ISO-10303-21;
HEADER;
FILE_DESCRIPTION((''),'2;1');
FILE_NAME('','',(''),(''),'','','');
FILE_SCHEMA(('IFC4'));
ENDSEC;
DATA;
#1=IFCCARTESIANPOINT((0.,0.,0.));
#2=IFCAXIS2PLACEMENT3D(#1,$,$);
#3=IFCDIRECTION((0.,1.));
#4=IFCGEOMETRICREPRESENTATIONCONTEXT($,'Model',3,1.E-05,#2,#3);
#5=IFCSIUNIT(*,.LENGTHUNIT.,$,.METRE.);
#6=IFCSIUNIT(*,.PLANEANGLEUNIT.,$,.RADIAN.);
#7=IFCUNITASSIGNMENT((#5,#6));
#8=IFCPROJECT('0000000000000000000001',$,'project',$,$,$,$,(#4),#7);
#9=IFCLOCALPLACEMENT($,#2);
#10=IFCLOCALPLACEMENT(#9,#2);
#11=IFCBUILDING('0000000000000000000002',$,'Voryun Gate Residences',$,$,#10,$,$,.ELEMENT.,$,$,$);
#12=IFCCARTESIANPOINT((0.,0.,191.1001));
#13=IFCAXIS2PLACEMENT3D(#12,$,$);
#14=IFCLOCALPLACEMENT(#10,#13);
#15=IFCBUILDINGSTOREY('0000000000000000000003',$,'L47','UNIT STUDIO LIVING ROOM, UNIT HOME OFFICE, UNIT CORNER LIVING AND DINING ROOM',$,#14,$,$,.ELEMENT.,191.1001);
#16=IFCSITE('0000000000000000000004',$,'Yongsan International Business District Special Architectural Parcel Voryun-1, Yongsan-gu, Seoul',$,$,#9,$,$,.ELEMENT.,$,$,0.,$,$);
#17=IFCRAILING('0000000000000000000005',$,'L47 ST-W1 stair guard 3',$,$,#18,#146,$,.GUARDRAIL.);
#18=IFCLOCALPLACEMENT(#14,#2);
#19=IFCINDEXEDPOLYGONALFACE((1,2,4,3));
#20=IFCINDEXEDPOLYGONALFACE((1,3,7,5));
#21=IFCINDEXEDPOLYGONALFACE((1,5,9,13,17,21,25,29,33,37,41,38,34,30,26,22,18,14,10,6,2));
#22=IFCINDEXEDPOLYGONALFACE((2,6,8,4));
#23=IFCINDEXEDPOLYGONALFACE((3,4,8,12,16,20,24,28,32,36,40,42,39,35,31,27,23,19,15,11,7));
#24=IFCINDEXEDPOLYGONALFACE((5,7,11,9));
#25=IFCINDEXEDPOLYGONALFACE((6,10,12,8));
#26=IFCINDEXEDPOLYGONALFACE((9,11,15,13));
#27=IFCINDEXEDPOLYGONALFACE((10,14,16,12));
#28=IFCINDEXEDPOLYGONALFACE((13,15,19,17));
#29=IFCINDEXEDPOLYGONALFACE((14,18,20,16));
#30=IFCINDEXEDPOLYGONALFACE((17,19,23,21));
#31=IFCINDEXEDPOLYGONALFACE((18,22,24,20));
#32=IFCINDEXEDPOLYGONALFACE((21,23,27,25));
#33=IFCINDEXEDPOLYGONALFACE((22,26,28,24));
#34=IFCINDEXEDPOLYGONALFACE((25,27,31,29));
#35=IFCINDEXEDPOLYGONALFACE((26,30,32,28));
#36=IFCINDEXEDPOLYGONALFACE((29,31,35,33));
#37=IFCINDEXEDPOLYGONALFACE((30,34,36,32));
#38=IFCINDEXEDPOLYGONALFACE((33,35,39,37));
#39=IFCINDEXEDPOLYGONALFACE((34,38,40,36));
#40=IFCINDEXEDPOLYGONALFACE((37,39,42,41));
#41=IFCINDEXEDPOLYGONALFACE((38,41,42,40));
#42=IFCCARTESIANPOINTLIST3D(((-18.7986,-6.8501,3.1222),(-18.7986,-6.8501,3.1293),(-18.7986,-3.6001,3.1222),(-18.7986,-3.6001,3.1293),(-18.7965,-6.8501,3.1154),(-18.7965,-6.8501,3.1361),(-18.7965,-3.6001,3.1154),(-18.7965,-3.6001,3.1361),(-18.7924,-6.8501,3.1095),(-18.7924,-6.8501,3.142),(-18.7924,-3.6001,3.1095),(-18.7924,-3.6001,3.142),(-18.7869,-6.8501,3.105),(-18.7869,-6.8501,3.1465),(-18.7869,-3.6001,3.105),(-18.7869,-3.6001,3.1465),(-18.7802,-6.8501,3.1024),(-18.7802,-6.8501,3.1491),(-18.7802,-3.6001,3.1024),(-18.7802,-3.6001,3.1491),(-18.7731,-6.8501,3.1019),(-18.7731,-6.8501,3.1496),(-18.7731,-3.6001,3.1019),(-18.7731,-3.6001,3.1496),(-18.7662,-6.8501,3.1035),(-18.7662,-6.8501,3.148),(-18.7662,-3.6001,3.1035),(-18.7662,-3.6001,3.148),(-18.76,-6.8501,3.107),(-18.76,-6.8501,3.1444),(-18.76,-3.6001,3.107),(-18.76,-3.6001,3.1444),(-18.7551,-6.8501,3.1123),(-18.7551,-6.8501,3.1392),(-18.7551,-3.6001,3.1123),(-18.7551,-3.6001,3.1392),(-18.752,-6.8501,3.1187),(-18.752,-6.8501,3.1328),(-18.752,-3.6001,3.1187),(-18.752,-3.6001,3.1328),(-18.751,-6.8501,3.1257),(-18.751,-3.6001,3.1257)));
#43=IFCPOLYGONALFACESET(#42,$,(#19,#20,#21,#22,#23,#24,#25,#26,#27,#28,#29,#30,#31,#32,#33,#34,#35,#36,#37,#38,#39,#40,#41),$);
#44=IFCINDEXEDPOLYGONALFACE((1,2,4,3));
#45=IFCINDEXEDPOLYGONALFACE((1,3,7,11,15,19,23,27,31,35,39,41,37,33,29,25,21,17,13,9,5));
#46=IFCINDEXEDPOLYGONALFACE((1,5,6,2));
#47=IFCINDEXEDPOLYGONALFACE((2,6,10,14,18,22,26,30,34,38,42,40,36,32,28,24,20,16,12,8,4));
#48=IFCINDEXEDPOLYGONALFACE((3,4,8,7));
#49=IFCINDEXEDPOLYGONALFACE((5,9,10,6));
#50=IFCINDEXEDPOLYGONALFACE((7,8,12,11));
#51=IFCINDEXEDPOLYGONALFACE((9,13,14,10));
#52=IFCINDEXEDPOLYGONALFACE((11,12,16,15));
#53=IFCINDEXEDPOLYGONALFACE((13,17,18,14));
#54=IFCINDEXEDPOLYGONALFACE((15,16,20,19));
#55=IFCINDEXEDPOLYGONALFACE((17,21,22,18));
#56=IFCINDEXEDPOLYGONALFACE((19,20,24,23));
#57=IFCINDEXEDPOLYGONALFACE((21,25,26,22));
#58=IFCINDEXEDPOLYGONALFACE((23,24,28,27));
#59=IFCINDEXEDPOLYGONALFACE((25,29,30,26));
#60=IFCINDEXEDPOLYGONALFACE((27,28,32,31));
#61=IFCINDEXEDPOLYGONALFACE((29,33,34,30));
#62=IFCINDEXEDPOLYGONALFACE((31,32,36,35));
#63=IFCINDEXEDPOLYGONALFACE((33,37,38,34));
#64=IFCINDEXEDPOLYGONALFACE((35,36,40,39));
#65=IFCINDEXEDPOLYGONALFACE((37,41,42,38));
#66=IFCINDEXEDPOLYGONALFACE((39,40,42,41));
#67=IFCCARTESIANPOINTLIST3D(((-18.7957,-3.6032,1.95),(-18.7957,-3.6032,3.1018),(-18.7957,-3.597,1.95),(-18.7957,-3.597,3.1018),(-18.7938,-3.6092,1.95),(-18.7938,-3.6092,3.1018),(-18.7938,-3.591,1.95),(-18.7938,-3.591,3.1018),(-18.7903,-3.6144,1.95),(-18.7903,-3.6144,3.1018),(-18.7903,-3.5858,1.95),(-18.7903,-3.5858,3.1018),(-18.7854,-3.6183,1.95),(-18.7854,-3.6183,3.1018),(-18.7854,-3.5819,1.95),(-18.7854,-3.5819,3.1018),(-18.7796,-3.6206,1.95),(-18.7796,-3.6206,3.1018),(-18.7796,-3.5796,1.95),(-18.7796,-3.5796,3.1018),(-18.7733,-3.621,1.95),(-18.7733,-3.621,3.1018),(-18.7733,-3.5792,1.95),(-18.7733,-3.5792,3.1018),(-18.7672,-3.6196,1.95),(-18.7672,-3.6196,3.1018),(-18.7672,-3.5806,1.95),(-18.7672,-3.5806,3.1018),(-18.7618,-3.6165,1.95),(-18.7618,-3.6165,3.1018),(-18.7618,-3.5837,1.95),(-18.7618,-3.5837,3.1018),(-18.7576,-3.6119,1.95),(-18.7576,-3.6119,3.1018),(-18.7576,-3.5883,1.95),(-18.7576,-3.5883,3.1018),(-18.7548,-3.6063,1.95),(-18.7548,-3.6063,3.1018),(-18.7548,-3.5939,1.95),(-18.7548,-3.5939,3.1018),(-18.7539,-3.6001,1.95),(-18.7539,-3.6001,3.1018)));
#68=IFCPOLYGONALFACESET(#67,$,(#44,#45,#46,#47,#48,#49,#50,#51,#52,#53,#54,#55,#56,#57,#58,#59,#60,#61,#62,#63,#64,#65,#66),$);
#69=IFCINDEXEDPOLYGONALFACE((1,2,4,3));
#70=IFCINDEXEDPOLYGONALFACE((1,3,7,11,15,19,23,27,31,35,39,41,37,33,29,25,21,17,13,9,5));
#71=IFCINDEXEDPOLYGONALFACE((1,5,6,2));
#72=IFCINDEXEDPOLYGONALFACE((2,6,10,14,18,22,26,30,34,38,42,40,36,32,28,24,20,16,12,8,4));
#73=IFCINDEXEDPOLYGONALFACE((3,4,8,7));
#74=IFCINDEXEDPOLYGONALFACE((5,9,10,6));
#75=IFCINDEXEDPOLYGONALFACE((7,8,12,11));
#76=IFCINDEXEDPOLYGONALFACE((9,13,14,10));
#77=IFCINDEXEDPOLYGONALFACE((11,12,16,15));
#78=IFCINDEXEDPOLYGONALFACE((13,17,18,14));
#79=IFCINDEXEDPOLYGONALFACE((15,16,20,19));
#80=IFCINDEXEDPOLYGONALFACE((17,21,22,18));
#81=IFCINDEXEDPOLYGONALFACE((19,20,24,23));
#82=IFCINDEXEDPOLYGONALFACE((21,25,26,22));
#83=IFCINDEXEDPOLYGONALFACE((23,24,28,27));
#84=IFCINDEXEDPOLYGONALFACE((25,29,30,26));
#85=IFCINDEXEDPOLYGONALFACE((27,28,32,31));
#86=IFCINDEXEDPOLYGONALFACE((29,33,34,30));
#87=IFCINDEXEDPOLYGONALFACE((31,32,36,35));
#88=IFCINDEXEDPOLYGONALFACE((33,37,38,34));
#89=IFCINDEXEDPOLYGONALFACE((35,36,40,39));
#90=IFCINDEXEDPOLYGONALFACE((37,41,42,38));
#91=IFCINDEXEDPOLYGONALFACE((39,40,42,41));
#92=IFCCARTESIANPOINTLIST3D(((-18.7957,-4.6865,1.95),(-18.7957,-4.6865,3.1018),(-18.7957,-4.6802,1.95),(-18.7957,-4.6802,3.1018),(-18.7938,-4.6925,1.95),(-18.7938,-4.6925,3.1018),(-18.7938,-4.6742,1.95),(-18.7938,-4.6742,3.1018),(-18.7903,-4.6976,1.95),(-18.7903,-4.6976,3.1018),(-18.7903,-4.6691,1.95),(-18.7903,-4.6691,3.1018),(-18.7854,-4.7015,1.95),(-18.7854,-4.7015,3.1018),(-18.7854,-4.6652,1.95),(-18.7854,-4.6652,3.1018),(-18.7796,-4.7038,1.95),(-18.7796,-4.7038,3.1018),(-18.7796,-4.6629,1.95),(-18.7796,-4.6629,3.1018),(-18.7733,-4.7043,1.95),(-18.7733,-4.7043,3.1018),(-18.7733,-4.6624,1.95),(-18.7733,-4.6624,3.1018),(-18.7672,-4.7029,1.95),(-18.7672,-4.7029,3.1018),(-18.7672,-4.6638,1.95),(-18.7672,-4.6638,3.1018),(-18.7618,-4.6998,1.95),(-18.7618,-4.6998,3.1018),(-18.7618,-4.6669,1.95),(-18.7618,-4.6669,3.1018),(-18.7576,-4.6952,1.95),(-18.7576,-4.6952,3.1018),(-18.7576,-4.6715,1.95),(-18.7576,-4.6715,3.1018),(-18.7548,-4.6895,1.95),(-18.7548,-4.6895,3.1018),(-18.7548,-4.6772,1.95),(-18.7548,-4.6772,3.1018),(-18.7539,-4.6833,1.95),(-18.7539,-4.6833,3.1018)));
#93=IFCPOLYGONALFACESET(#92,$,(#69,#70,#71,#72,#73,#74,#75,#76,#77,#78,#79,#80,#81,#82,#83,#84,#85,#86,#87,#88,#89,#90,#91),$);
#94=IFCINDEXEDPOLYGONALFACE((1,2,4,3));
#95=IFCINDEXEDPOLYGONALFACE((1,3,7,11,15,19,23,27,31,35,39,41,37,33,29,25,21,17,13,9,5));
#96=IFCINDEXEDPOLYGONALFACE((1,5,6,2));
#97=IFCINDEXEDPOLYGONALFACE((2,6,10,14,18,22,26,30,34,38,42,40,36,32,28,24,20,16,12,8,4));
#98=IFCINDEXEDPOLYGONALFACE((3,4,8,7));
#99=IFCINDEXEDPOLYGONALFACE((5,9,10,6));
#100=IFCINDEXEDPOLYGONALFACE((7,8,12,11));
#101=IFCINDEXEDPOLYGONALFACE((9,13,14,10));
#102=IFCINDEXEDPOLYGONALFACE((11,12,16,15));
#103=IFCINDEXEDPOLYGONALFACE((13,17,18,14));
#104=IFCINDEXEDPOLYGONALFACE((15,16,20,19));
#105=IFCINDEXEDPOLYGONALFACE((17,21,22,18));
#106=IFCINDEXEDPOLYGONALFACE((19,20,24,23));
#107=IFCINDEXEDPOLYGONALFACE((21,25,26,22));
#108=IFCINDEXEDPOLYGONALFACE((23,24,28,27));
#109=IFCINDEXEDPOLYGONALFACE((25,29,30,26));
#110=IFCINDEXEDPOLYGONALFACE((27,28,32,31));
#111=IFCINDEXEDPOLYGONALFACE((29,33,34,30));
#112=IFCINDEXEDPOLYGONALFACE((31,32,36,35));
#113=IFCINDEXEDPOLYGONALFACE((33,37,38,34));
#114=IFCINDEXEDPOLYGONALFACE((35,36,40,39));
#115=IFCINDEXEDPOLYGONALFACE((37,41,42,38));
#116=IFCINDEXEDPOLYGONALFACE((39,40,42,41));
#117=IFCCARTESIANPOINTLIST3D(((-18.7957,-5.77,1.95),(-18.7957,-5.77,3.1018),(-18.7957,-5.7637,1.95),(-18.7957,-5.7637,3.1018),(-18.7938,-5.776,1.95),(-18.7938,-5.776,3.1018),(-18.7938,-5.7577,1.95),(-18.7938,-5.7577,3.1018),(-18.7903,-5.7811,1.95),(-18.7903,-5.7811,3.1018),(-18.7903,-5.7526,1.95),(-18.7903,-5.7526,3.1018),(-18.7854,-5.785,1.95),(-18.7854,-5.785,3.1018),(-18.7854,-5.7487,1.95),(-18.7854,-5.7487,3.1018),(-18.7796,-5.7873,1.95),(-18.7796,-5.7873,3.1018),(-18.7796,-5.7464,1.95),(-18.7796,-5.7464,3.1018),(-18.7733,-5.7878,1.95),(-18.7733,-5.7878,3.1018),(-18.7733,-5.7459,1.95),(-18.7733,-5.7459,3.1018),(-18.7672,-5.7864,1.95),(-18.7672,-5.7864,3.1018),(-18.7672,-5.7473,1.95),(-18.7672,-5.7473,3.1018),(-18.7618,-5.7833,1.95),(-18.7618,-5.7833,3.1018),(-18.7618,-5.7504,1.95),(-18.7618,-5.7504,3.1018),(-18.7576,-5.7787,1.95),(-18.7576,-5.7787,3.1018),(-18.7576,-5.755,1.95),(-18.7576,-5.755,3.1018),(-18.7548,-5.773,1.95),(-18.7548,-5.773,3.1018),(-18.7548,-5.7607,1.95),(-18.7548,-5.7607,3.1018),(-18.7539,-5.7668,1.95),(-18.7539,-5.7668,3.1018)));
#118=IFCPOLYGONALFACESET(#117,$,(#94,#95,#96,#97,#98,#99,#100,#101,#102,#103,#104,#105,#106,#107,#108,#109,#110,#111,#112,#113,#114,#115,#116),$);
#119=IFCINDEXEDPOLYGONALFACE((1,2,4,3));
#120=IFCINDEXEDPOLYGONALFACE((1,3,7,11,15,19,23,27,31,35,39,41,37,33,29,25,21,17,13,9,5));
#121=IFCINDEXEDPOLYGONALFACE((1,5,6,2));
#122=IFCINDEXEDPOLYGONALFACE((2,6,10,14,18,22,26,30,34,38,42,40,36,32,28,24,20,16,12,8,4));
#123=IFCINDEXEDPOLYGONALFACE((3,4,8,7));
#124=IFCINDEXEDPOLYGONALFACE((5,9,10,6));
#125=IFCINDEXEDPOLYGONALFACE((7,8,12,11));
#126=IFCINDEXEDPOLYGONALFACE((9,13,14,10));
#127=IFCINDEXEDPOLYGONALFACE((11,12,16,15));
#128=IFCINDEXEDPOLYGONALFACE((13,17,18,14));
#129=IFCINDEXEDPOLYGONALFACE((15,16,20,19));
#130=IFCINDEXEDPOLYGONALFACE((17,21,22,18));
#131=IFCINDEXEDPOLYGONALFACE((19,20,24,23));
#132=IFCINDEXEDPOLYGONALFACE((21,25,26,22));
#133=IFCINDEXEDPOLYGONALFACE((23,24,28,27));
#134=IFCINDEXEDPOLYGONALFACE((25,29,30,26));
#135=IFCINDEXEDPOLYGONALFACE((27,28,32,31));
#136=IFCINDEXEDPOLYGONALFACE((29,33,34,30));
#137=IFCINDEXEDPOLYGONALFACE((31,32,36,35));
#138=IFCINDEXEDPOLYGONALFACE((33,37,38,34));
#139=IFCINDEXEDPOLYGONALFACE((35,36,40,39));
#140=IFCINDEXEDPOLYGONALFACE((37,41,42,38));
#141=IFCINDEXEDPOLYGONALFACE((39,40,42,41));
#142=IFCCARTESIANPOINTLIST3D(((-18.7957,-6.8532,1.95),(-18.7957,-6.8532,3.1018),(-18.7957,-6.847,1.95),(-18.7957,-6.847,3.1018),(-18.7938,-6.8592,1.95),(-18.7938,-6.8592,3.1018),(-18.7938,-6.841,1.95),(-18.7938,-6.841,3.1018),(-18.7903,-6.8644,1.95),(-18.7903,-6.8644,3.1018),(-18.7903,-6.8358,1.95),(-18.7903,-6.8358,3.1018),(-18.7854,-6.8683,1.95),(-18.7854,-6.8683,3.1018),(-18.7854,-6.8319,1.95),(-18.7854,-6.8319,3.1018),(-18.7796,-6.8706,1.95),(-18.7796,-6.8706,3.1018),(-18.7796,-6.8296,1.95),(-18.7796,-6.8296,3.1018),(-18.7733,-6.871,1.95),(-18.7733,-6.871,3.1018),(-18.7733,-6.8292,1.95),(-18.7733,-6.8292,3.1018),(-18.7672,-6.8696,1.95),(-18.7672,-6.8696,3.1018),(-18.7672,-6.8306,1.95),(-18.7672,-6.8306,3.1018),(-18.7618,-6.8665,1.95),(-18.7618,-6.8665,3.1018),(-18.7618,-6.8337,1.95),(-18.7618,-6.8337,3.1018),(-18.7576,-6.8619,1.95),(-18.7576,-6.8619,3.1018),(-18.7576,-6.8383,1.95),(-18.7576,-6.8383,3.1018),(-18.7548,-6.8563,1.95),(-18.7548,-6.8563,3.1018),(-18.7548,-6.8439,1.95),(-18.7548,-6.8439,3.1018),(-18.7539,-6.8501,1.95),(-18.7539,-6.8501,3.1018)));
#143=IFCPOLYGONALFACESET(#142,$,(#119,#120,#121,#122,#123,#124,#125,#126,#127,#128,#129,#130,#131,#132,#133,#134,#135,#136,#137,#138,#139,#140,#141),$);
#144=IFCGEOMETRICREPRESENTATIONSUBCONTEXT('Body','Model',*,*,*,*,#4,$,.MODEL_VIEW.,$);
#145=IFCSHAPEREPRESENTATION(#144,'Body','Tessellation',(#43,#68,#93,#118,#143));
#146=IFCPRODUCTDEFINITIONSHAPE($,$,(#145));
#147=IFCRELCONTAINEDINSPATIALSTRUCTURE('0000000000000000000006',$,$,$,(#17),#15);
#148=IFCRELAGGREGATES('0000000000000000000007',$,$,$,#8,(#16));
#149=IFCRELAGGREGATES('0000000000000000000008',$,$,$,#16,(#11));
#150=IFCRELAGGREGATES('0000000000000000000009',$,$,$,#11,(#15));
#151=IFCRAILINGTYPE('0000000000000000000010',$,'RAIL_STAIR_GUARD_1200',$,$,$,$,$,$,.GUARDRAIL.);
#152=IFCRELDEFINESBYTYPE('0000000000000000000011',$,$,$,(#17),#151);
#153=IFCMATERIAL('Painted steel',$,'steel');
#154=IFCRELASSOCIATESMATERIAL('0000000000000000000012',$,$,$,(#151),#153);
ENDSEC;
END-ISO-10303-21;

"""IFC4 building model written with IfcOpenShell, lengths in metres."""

from ifc_helpers import new_model, si_unit, direction, frame, origin, origin_2d, place, context, subcontext, project, spatial, circle, extrude, material, type_object, element, save


model = new_model("IFC4")

# Units and contexts
model_context = context("Model", 3, precision=1e-05, world=origin(), true_north=direction((0.0, 1.0)))
body_context = subcontext(model_context, "Body", "Model", "MODEL_VIEW")
ifc_project = project(units=[si_unit("LENGTHUNIT", "METRE"), si_unit("PLANEANGLEUNIT", "RADIAN")], contexts=[model_context])

# Site, building, storey
site_placement = place(None, origin())
site = spatial("IfcSite", under=ifc_project, at=site_placement, Name="Yongsan International Business District Special Architectural Parcel Voryun-1, Yongsan-gu, Seoul", CompositionType="ELEMENT", RefElevation=0.0)
building_placement = place(site_placement, origin())
building = spatial("IfcBuilding", under=site, at=building_placement, Name="Voryun Gate Residences", CompositionType="ELEMENT")
storey_placement = place(building_placement, frame((0.0, 0.0, 191.1001)))
storey = spatial("IfcBuildingStorey", under=building, at=storey_placement, Name="L47", Description="UNIT STUDIO LIVING ROOM, UNIT HOME OFFICE, UNIT CORNER LIVING AND DINING ROOM", CompositionType="ELEMENT", Elevation=191.1001)

# Railing
ifc_material_1 = material(Name="Painted steel", Category="steel")
railing_type_1 = type_object("IfcRailingType", Name="RAIL_STAIR_GUARD_1200", PredefinedType="GUARDRAIL", material=ifc_material_1)
railing_1_placement = place(storey_placement, frame((-18.7749, -3.6001, 1.95)))
element("IfcRailing", 1, at=railing_1_placement, inside=storey, type_object=railing_type_1, Name="L47 ST-W1 stair guard 3", PredefinedType="GUARDRAIL", context=body_context, shape_type="SweptSolid", body=[
    extrude(circle(Radius=0.0239, at=origin_2d()), frame((0.0, 0.0, 1.1758), z_axis=(0.0, -1.0, 0.0), x_axis=(1.0, 0.0, 0.0)), (0.0, 0.0, 1.0), 3.25),
    extrude(circle(Radius=0.021, at=origin_2d()), origin(), (0.0, 0.0, 1.0), 1.1519),
    extrude(circle(Radius=0.021, at=origin_2d()), frame((0.0, -1.0833, 0.0)), (0.0, 0.0, 1.0), 1.1519),
    extrude(circle(Radius=0.021, at=origin_2d()), frame((0.0, -2.1667, 0.0)), (0.0, 0.0, 1.0), 1.1519),
    extrude(circle(Radius=0.021, at=origin_2d()), frame((0.0, -3.25, 0.0)), (0.0, 0.0, 1.0), 1.1519),
])

save(model, "model.ifc")
